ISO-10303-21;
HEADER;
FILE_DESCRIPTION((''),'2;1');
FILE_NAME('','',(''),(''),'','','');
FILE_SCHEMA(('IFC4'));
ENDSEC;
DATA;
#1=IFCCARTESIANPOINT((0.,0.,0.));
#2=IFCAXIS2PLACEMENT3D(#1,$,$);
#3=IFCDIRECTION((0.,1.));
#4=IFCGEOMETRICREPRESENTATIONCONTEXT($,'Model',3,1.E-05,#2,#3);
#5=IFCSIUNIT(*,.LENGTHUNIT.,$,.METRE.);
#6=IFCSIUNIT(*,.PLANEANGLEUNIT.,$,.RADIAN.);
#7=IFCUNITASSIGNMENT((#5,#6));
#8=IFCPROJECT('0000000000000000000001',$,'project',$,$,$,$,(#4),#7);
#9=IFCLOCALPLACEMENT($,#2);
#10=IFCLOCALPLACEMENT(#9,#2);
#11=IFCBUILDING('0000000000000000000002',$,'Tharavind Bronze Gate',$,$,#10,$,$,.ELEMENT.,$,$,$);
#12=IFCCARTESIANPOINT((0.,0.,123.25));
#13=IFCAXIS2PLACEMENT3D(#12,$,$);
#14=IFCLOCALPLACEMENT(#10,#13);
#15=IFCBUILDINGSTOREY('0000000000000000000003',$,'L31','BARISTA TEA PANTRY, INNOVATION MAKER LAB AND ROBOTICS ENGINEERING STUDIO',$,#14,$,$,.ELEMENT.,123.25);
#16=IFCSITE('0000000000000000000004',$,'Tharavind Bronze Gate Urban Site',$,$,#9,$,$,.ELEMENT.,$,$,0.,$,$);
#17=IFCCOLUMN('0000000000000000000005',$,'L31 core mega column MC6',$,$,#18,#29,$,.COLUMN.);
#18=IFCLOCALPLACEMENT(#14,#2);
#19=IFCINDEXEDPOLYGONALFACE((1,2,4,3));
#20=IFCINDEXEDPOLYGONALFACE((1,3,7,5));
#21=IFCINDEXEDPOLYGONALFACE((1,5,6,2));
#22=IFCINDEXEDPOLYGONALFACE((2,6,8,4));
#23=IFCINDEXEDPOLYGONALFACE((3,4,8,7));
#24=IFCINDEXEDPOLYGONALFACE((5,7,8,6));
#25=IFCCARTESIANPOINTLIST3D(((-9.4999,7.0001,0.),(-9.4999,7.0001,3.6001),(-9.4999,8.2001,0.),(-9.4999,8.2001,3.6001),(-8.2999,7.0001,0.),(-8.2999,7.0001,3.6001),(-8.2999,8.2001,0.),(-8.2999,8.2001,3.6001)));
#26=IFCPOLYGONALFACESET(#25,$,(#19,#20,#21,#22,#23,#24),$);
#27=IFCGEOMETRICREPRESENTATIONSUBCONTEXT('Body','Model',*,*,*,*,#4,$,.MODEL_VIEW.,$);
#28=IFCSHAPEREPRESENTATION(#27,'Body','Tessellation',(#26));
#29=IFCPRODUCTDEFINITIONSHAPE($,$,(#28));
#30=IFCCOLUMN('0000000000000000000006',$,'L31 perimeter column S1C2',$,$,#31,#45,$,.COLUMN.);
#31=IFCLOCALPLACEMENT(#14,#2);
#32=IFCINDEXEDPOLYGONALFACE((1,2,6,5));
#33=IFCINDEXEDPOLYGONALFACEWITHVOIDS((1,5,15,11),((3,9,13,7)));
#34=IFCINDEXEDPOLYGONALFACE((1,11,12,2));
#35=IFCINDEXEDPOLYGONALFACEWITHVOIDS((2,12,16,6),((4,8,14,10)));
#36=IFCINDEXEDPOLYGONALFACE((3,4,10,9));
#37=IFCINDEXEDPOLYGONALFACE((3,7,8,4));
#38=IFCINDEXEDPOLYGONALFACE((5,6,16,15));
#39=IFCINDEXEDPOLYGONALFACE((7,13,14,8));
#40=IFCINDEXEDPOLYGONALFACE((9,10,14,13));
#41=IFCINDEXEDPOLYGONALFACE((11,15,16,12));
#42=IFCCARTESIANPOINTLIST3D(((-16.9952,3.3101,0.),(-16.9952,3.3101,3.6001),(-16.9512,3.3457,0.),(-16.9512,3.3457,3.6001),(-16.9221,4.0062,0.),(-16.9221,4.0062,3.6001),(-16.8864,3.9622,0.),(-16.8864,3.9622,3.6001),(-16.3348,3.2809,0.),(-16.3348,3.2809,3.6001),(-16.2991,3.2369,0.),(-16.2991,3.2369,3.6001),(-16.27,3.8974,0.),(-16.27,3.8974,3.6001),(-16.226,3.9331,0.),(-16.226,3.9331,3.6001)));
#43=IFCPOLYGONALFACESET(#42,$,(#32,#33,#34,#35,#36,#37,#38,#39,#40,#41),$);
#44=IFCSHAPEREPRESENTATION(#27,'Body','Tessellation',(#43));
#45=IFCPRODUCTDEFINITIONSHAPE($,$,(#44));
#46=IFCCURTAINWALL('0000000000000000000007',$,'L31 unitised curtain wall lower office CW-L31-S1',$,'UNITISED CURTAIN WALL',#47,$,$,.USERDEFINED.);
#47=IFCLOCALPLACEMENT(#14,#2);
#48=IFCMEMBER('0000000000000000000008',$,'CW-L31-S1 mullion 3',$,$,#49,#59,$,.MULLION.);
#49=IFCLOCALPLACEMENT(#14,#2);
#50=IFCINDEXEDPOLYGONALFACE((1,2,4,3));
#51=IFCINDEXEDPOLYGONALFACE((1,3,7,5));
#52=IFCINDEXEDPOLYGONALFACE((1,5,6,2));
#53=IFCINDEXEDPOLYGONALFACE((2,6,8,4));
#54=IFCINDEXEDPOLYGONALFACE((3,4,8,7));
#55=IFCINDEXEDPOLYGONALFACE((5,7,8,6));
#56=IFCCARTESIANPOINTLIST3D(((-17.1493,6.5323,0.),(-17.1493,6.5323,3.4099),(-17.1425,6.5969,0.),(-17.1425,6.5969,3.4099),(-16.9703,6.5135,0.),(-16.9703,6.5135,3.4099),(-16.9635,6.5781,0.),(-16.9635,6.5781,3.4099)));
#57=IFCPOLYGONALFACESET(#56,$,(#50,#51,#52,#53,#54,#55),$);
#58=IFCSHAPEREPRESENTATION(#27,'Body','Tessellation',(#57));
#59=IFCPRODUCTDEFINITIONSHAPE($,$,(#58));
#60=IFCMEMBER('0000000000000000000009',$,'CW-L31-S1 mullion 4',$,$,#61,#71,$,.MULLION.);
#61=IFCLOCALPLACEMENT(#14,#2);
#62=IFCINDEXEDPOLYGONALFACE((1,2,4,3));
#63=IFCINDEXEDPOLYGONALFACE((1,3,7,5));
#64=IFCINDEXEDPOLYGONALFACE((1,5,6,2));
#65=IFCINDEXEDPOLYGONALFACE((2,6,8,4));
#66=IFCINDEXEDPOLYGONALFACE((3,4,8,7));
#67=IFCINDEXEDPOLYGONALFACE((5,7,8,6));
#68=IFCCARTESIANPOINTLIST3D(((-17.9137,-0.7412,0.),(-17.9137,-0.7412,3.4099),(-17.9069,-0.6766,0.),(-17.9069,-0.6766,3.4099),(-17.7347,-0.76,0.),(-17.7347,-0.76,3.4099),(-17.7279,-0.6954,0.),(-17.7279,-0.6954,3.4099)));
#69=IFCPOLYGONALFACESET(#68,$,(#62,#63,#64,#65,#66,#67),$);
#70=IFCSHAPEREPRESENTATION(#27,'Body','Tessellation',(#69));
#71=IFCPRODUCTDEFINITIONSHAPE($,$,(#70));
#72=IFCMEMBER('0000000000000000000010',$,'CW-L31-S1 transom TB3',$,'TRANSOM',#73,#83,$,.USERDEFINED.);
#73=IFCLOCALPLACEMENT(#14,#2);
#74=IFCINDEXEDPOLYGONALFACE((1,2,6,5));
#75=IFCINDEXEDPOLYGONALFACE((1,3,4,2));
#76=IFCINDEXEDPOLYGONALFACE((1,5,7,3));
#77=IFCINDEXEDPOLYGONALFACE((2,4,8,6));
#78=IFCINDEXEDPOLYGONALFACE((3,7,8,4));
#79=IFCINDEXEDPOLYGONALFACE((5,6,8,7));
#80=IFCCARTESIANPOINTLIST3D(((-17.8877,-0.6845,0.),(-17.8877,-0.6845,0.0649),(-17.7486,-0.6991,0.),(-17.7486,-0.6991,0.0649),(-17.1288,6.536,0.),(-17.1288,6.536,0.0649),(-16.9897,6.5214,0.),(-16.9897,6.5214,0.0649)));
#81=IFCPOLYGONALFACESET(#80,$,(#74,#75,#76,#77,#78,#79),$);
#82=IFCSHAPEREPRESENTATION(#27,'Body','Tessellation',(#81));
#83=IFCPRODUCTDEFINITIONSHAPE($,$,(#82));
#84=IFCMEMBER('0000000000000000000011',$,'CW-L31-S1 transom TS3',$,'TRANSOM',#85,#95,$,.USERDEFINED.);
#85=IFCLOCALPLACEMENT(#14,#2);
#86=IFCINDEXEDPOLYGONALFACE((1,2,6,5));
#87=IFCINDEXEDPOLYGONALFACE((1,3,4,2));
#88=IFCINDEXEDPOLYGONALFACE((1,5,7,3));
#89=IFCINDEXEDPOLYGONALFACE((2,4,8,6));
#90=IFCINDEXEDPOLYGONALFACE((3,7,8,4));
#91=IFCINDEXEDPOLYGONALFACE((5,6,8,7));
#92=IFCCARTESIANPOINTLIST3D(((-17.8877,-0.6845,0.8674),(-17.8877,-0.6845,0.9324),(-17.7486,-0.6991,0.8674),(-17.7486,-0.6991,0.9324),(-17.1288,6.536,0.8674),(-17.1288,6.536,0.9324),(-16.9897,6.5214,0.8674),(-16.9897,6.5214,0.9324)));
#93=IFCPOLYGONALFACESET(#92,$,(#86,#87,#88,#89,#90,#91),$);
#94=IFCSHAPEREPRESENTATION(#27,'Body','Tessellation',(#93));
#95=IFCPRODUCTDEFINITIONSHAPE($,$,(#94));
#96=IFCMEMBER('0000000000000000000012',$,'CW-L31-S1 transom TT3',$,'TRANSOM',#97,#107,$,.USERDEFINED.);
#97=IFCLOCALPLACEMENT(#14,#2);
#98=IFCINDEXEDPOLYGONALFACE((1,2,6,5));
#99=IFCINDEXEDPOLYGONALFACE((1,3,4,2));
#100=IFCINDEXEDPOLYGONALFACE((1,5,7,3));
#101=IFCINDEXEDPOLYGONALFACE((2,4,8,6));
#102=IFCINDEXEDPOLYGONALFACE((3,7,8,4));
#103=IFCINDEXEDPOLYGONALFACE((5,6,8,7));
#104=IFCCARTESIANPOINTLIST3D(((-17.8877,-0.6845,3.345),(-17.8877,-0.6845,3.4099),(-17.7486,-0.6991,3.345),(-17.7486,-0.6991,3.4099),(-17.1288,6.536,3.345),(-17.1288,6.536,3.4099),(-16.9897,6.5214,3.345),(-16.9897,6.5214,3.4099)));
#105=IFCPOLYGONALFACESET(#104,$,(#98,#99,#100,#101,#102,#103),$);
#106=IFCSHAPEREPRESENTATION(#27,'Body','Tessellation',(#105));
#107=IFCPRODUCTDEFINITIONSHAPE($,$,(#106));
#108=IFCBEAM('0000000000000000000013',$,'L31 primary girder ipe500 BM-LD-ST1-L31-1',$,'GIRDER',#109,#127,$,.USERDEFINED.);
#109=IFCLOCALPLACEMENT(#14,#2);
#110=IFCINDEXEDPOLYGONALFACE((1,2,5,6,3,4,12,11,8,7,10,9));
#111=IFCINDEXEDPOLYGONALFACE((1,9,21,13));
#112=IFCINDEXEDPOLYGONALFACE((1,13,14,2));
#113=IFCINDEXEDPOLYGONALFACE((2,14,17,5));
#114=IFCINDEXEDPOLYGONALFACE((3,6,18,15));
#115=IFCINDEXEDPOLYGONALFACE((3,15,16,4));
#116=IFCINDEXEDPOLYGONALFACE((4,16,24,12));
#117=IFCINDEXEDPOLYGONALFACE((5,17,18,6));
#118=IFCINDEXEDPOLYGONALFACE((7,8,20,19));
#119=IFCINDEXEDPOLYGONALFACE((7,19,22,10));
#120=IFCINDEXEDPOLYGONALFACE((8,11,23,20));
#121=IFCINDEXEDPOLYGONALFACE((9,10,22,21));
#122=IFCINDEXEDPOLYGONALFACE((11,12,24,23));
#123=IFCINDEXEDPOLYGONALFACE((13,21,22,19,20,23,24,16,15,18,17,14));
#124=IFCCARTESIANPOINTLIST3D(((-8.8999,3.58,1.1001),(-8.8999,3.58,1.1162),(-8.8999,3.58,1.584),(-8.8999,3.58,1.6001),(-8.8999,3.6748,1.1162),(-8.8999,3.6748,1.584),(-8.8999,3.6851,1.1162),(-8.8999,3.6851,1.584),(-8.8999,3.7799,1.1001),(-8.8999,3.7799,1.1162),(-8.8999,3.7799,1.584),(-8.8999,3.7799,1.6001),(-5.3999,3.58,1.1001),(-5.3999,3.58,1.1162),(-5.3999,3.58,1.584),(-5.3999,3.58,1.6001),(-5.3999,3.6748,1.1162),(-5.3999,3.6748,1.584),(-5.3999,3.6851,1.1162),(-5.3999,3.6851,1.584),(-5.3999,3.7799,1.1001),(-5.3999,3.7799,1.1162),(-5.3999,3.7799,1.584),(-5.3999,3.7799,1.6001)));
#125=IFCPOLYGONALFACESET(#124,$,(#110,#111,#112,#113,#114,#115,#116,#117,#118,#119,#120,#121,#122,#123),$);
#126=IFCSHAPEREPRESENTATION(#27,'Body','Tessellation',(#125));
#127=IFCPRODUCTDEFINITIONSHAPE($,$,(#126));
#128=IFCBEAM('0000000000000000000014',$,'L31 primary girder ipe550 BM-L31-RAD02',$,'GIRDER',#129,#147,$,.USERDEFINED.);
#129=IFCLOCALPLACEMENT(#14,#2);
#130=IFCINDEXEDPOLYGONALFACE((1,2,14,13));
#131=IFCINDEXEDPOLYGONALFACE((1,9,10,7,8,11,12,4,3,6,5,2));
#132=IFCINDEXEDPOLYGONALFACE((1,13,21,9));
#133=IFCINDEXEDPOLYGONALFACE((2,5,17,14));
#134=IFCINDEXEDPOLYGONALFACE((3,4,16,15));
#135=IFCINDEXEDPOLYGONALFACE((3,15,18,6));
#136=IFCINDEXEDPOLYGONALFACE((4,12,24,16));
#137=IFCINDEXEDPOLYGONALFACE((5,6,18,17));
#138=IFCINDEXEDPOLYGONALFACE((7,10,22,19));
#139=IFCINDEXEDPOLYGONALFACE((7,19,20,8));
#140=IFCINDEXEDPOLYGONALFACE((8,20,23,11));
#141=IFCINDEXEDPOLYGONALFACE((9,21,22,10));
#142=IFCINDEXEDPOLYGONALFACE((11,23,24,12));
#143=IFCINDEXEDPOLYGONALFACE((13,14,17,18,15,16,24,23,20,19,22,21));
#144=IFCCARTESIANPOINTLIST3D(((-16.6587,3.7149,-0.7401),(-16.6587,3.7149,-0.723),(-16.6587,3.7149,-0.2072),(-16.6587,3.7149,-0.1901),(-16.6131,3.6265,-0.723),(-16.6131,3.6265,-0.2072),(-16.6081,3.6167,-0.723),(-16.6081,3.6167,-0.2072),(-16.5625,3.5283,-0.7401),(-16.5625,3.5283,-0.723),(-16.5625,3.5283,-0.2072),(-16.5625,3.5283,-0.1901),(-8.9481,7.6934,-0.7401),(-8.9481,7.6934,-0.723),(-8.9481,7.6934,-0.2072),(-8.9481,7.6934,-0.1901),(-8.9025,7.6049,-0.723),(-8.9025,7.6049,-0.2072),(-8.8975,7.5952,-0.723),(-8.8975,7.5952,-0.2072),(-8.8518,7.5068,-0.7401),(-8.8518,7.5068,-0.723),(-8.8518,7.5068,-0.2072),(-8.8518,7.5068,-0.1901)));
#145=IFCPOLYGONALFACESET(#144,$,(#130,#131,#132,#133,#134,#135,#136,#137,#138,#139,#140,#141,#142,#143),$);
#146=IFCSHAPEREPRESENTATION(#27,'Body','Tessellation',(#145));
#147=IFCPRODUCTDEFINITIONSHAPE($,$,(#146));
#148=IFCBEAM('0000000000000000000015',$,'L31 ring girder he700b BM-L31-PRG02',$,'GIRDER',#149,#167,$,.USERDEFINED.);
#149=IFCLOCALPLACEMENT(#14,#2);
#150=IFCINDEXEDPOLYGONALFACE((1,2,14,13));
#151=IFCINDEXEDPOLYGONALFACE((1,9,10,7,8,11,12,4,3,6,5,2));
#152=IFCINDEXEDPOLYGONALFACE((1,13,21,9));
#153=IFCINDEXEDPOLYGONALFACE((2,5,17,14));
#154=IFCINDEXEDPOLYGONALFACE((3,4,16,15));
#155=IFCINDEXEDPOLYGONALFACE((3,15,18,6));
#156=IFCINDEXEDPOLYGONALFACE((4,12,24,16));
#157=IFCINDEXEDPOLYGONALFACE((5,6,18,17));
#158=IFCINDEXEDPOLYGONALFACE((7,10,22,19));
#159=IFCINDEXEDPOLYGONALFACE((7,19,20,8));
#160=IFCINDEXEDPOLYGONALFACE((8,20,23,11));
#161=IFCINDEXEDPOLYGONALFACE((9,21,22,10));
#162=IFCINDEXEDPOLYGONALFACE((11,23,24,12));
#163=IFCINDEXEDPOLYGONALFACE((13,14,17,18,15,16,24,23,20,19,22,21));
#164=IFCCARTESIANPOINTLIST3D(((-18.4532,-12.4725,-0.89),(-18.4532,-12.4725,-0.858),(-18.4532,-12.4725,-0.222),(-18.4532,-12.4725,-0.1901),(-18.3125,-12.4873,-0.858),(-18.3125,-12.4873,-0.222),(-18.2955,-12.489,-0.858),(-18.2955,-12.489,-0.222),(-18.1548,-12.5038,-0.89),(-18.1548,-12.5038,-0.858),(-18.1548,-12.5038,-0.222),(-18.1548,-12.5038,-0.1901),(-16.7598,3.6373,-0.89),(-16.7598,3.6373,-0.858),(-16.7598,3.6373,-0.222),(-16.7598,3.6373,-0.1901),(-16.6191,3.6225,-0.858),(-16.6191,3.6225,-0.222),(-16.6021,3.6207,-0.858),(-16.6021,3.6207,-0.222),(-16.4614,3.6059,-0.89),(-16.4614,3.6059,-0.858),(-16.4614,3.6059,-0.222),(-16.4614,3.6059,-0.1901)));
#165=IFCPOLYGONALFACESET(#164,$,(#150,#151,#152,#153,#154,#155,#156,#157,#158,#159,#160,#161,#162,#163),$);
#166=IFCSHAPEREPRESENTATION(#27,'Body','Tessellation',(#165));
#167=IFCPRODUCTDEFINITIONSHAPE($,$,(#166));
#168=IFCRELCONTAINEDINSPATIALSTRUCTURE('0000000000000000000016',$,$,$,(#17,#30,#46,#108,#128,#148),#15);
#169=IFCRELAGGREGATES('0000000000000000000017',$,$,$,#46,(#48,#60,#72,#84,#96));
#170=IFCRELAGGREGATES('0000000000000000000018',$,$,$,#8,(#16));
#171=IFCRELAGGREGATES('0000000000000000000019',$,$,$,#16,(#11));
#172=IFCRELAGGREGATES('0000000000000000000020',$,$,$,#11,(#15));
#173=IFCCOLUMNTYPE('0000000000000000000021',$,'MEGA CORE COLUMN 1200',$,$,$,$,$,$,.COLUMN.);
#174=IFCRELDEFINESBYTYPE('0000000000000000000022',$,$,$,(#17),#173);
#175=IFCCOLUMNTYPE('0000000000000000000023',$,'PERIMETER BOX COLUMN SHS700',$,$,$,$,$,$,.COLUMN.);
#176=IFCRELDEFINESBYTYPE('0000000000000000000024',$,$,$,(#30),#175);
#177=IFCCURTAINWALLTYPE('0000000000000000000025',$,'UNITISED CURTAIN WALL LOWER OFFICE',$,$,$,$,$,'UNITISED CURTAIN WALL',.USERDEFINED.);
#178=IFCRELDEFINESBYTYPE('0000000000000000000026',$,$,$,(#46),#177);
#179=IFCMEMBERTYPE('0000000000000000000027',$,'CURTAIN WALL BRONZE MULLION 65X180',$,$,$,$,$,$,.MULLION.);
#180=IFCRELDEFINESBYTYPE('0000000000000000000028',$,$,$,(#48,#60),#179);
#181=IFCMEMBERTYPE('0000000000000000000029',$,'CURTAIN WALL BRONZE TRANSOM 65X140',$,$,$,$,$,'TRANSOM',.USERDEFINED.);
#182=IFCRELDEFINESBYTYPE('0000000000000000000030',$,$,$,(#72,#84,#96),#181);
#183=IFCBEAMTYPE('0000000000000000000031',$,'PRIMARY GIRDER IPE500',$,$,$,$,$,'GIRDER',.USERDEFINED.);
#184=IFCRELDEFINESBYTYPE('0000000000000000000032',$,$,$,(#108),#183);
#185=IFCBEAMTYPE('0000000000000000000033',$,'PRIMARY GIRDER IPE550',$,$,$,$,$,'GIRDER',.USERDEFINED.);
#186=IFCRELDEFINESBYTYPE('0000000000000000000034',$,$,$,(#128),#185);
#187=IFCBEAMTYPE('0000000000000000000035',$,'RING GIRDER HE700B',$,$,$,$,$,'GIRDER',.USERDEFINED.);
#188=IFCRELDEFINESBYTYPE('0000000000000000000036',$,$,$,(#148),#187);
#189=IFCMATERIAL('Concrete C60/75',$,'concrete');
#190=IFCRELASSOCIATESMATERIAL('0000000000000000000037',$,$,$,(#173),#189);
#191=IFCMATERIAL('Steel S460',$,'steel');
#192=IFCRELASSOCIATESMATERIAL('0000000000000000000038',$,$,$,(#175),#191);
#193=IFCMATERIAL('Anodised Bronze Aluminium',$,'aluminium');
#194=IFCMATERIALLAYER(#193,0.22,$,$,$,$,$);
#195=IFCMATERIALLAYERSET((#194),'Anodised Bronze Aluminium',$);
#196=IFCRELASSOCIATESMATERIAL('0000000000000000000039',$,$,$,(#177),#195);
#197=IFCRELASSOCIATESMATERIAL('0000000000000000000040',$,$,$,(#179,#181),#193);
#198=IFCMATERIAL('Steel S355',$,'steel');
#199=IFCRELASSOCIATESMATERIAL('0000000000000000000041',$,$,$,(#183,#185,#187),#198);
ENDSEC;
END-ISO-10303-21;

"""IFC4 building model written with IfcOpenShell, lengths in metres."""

from ifc_helpers import new_model, si_unit, direction, frame, origin, origin_2d, place, context, subcontext, project, spatial, rectangle, hollow_rectangle, i_section, extrude, material, layer, layer_set, material_profile, profile_set, type_object, element, aggregate, save


model = new_model("IFC4")

# Units and contexts
model_context = context("Model", 3, precision=1e-05, world=origin(), true_north=direction((0.0, 1.0)))
body_context = subcontext(model_context, "Body", "Model", "MODEL_VIEW")
ifc_project = project(units=[si_unit("LENGTHUNIT", "METRE"), si_unit("PLANEANGLEUNIT", "RADIAN")], contexts=[model_context])

# Site, building, storey
site_placement = place(None, origin())
site = spatial("IfcSite", under=ifc_project, at=site_placement, Name="Tharavind Bronze Gate Urban Site", CompositionType="ELEMENT", RefElevation=0.0)
building_placement = place(site_placement, origin())
building = spatial("IfcBuilding", under=site, at=building_placement, Name="Tharavind Bronze Gate", CompositionType="ELEMENT")
storey_placement = place(building_placement, frame((0.0, 0.0, 123.25)))
storey = spatial("IfcBuildingStorey", under=building, at=storey_placement, Name="L31", Description="BARISTA TEA PANTRY, INNOVATION MAKER LAB AND ROBOTICS ENGINEERING STUDIO", CompositionType="ELEMENT", Elevation=123.25)

# Columns
ifc_material_1 = material(Name="Concrete C60/75", Category="concrete")
ifc_material_profile_1 = material_profile(ifc_material_1, rectangle(XDim=1.2, YDim=1.2, at=origin_2d()), Name="RCCOL1200")
ifc_profile_set_1 = profile_set([ifc_material_profile_1], Name="Concrete C60/75")
column_type_1 = type_object("IfcColumnType", Name="MEGA CORE COLUMN 1200", PredefinedType="COLUMN", material=ifc_profile_set_1)
column_1_placement = place(storey_placement, frame((-8.8999, 7.6001, 0.0), z_axis=(0.0, 0.0, 1.0), x_axis=(1.0, 0.0, 0.0)))
element("IfcColumn", 1, at=column_1_placement, inside=storey, type_object=column_type_1, Name="L31 core mega column MC6", PredefinedType="COLUMN", context=body_context, shape_type="SweptSolid", body=[
    extrude(rectangle(XDim=1.2, YDim=1.2, at=origin_2d()), origin(), (0.0, 0.0, 1.0), 3.6001),
])
ifc_material_2 = material(Name="Steel S460", Category="steel")
ifc_material_profile_2 = material_profile(ifc_material_2, hollow_rectangle(XDim=0.7, YDim=0.7, WallThickness=0.04, at=origin_2d()), Name="SHS700X40")
ifc_profile_set_2 = profile_set([ifc_material_profile_2], Name="Steel S460")
column_type_2 = type_object("IfcColumnType", Name="PERIMETER BOX COLUMN SHS700", PredefinedType="COLUMN", material=ifc_profile_set_2)
column_2_placement = place(storey_placement, frame((-16.6106, 3.6216, 0.0), z_axis=(0.0, 0.0, 1.0), x_axis=(0.10453, 0.994522, 0.0)))
element("IfcColumn", 2, at=column_2_placement, inside=storey, type_object=column_type_2, Name="L31 perimeter column S1C2", PredefinedType="COLUMN", context=body_context, shape_type="SweptSolid", body=[
    extrude(hollow_rectangle(XDim=0.7, YDim=0.7, WallThickness=0.04, at=origin_2d()), origin(), (0.0, 0.0, 1.0), 3.6001),
])

# Curtain wall, members
ifc_material_3 = material(Name="Anodised Bronze Aluminium", Category="aluminium")
ifc_layer_1 = layer(ifc_material_3, 0.22)
ifc_layer_set_1 = layer_set([ifc_layer_1], Name="Anodised Bronze Aluminium")
curtain_wall_type = type_object("IfcCurtainWallType", Name="UNITISED CURTAIN WALL LOWER OFFICE", ElementType="UNITISED CURTAIN WALL", PredefinedType="USERDEFINED", material=ifc_layer_set_1)
curtain_wall_placement = place(storey_placement, origin())
curtain_wall = element("IfcCurtainWall", 3, at=curtain_wall_placement, inside=storey, type_object=curtain_wall_type, Name="L31 unitised curtain wall lower office CW-L31-S1", ObjectType="UNITISED CURTAIN WALL", PredefinedType="USERDEFINED")
member_type_1 = type_object("IfcMemberType", Name="CURTAIN WALL BRONZE MULLION 65X180", PredefinedType="MULLION", material=ifc_material_3)
member_1_placement = place(storey_placement, frame((-17.0564, 6.5552, 0.0), z_axis=(0.0, 0.0, 1.0), x_axis=(-0.104527, -0.994522, 0.0)))
member_1 = element("IfcMember", 4, at=member_1_placement, type_object=member_type_1, Name="CW-L31-S1 mullion 3", PredefinedType="MULLION", context=body_context, shape_type="SweptSolid", body=[
    extrude(rectangle(XDim=0.0649, YDim=0.1799, at=origin_2d()), origin(), (0.0, 0.0, 1.0), 3.4099),
])
member_2_placement = place(storey_placement, frame((-17.8208, -0.7183, 0.0), z_axis=(0.0, 0.0, 1.0), x_axis=(-0.104527, -0.994522, 0.0)))
member_2 = element("IfcMember", 5, at=member_2_placement, type_object=member_type_1, Name="CW-L31-S1 mullion 4", PredefinedType="MULLION", context=body_context, shape_type="SweptSolid", body=[
    extrude(rectangle(XDim=0.0649, YDim=0.1799, at=origin_2d()), origin(), (0.0, 0.0, 1.0), 3.4099),
])
member_type_2 = type_object("IfcMemberType", Name="CURTAIN WALL BRONZE TRANSOM 65X140", ElementType="TRANSOM", PredefinedType="USERDEFINED", material=ifc_material_3)
member_3_placement = place(storey_placement, frame((-17.4387, 2.9185, 0.0), z_axis=(0.0, 0.0, 1.0), x_axis=(-0.104527, -0.994522, 0.0)))
member_3 = element("IfcMember", 6, at=member_3_placement, type_object=member_type_2, Name="CW-L31-S1 transom TB3", ObjectType="TRANSOM", PredefinedType="USERDEFINED", context=body_context, shape_type="SweptSolid", body=[
    extrude(rectangle(XDim=7.2603, YDim=0.1399, at=origin_2d()), origin(), (0.0, 0.0, 1.0), 0.0649),
])
member_4_placement = place(storey_placement, frame((-17.4387, 2.9185, 0.8674), z_axis=(0.0, 0.0, 1.0), x_axis=(-0.104527, -0.994522, 0.0)))
member_4 = element("IfcMember", 7, at=member_4_placement, type_object=member_type_2, Name="CW-L31-S1 transom TS3", ObjectType="TRANSOM", PredefinedType="USERDEFINED", context=body_context, shape_type="SweptSolid", body=[
    extrude(rectangle(XDim=7.2603, YDim=0.1399, at=origin_2d()), origin(), (0.0, 0.0, 1.0), 0.0649),
])
member_5_placement = place(storey_placement, frame((-17.4387, 2.9185, 3.345), z_axis=(0.0, 0.0, 1.0), x_axis=(-0.104527, -0.994522, 0.0)))
member_5 = element("IfcMember", 8, at=member_5_placement, type_object=member_type_2, Name="CW-L31-S1 transom TT3", ObjectType="TRANSOM", PredefinedType="USERDEFINED", context=body_context, shape_type="SweptSolid", body=[
    extrude(rectangle(XDim=7.2603, YDim=0.1399, at=origin_2d()), origin(), (0.0, 0.0, 1.0), 0.0649),
])

# Beams
ifc_material_4 = material(Name="Steel S355", Category="steel")
ifc_material_profile_3 = material_profile(ifc_material_4, i_section(OverallWidth=0.2, OverallDepth=0.5, WebThickness=0.0103, FlangeThickness=0.0161, at=origin_2d()), Name="IPE500")
ifc_profile_set_3 = profile_set([ifc_material_profile_3], Name="Steel S355")
beam_type_1 = type_object("IfcBeamType", Name="PRIMARY GIRDER IPE500", ElementType="GIRDER", PredefinedType="USERDEFINED", material=ifc_profile_set_3)
beam_1_placement = place(storey_placement, frame((-8.8999, 3.6799, 1.3501), z_axis=(1.0, 0.0, 0.0), x_axis=(0.0, 1.0, 0.0)))
element("IfcBeam", 9, at=beam_1_placement, inside=storey, type_object=beam_type_1, Name="L31 primary girder ipe500 BM-LD-ST1-L31-1", ObjectType="GIRDER", PredefinedType="USERDEFINED", context=body_context, shape_type="SweptSolid", body=[
    extrude(i_section(OverallWidth=0.2, OverallDepth=0.5, WebThickness=0.0103, FlangeThickness=0.0161, at=origin_2d()), origin(), (0.0, 0.0, 1.0), 3.5),
])
ifc_material_profile_4 = material_profile(ifc_material_4, i_section(OverallWidth=0.21, OverallDepth=0.55, WebThickness=0.011, FlangeThickness=0.0171, at=origin_2d()), Name="IPE550")
ifc_profile_set_4 = profile_set([ifc_material_profile_4], Name="Steel S355")
beam_type_2 = type_object("IfcBeamType", Name="PRIMARY GIRDER IPE550", ElementType="GIRDER", PredefinedType="USERDEFINED", material=ifc_profile_set_4)
beam_2_placement = place(storey_placement, frame((-16.6106, 3.6216, -0.4651), z_axis=(0.888677, 0.458534, 0.0), x_axis=(-0.458534, 0.888677, 0.0)))
element("IfcBeam", 10, at=beam_2_placement, inside=storey, type_object=beam_type_2, Name="L31 primary girder ipe550 BM-L31-RAD02", ObjectType="GIRDER", PredefinedType="USERDEFINED", context=body_context, shape_type="SweptSolid", body=[
    extrude(i_section(OverallWidth=0.21, OverallDepth=0.55, WebThickness=0.011, FlangeThickness=0.0171, at=origin_2d()), origin(), (0.0, 0.0, 1.0), 8.6765),
])
ifc_material_profile_5 = material_profile(ifc_material_4, i_section(OverallWidth=0.3, OverallDepth=0.7, WebThickness=0.0171, FlangeThickness=0.032, at=origin_2d()), Name="HE700B")
ifc_profile_set_5 = profile_set([ifc_material_profile_5], Name="Steel S355")
beam_type_3 = type_object("IfcBeamType", Name="RING GIRDER HE700B", ElementType="GIRDER", PredefinedType="USERDEFINED", material=ifc_profile_set_5)
beam_3_placement = place(storey_placement, frame((-16.6106, 3.6216, -0.54), z_axis=(-0.104539, -0.994521, 0.0), x_axis=(0.994521, -0.104539, 0.0)))
element("IfcBeam", 11, at=beam_3_placement, inside=storey, type_object=beam_type_3, Name="L31 ring girder he700b BM-L31-PRG02", ObjectType="GIRDER", PredefinedType="USERDEFINED", context=body_context, shape_type="SweptSolid", body=[
    extrude(i_section(OverallWidth=0.3, OverallDepth=0.7, WebThickness=0.0171, FlangeThickness=0.032, at=origin_2d()), origin(), (0.0, 0.0, 1.0), 16.1985),
])

aggregate(curtain_wall, [member_1, member_2, member_3, member_4, member_5])

save(model, "model.ifc")
